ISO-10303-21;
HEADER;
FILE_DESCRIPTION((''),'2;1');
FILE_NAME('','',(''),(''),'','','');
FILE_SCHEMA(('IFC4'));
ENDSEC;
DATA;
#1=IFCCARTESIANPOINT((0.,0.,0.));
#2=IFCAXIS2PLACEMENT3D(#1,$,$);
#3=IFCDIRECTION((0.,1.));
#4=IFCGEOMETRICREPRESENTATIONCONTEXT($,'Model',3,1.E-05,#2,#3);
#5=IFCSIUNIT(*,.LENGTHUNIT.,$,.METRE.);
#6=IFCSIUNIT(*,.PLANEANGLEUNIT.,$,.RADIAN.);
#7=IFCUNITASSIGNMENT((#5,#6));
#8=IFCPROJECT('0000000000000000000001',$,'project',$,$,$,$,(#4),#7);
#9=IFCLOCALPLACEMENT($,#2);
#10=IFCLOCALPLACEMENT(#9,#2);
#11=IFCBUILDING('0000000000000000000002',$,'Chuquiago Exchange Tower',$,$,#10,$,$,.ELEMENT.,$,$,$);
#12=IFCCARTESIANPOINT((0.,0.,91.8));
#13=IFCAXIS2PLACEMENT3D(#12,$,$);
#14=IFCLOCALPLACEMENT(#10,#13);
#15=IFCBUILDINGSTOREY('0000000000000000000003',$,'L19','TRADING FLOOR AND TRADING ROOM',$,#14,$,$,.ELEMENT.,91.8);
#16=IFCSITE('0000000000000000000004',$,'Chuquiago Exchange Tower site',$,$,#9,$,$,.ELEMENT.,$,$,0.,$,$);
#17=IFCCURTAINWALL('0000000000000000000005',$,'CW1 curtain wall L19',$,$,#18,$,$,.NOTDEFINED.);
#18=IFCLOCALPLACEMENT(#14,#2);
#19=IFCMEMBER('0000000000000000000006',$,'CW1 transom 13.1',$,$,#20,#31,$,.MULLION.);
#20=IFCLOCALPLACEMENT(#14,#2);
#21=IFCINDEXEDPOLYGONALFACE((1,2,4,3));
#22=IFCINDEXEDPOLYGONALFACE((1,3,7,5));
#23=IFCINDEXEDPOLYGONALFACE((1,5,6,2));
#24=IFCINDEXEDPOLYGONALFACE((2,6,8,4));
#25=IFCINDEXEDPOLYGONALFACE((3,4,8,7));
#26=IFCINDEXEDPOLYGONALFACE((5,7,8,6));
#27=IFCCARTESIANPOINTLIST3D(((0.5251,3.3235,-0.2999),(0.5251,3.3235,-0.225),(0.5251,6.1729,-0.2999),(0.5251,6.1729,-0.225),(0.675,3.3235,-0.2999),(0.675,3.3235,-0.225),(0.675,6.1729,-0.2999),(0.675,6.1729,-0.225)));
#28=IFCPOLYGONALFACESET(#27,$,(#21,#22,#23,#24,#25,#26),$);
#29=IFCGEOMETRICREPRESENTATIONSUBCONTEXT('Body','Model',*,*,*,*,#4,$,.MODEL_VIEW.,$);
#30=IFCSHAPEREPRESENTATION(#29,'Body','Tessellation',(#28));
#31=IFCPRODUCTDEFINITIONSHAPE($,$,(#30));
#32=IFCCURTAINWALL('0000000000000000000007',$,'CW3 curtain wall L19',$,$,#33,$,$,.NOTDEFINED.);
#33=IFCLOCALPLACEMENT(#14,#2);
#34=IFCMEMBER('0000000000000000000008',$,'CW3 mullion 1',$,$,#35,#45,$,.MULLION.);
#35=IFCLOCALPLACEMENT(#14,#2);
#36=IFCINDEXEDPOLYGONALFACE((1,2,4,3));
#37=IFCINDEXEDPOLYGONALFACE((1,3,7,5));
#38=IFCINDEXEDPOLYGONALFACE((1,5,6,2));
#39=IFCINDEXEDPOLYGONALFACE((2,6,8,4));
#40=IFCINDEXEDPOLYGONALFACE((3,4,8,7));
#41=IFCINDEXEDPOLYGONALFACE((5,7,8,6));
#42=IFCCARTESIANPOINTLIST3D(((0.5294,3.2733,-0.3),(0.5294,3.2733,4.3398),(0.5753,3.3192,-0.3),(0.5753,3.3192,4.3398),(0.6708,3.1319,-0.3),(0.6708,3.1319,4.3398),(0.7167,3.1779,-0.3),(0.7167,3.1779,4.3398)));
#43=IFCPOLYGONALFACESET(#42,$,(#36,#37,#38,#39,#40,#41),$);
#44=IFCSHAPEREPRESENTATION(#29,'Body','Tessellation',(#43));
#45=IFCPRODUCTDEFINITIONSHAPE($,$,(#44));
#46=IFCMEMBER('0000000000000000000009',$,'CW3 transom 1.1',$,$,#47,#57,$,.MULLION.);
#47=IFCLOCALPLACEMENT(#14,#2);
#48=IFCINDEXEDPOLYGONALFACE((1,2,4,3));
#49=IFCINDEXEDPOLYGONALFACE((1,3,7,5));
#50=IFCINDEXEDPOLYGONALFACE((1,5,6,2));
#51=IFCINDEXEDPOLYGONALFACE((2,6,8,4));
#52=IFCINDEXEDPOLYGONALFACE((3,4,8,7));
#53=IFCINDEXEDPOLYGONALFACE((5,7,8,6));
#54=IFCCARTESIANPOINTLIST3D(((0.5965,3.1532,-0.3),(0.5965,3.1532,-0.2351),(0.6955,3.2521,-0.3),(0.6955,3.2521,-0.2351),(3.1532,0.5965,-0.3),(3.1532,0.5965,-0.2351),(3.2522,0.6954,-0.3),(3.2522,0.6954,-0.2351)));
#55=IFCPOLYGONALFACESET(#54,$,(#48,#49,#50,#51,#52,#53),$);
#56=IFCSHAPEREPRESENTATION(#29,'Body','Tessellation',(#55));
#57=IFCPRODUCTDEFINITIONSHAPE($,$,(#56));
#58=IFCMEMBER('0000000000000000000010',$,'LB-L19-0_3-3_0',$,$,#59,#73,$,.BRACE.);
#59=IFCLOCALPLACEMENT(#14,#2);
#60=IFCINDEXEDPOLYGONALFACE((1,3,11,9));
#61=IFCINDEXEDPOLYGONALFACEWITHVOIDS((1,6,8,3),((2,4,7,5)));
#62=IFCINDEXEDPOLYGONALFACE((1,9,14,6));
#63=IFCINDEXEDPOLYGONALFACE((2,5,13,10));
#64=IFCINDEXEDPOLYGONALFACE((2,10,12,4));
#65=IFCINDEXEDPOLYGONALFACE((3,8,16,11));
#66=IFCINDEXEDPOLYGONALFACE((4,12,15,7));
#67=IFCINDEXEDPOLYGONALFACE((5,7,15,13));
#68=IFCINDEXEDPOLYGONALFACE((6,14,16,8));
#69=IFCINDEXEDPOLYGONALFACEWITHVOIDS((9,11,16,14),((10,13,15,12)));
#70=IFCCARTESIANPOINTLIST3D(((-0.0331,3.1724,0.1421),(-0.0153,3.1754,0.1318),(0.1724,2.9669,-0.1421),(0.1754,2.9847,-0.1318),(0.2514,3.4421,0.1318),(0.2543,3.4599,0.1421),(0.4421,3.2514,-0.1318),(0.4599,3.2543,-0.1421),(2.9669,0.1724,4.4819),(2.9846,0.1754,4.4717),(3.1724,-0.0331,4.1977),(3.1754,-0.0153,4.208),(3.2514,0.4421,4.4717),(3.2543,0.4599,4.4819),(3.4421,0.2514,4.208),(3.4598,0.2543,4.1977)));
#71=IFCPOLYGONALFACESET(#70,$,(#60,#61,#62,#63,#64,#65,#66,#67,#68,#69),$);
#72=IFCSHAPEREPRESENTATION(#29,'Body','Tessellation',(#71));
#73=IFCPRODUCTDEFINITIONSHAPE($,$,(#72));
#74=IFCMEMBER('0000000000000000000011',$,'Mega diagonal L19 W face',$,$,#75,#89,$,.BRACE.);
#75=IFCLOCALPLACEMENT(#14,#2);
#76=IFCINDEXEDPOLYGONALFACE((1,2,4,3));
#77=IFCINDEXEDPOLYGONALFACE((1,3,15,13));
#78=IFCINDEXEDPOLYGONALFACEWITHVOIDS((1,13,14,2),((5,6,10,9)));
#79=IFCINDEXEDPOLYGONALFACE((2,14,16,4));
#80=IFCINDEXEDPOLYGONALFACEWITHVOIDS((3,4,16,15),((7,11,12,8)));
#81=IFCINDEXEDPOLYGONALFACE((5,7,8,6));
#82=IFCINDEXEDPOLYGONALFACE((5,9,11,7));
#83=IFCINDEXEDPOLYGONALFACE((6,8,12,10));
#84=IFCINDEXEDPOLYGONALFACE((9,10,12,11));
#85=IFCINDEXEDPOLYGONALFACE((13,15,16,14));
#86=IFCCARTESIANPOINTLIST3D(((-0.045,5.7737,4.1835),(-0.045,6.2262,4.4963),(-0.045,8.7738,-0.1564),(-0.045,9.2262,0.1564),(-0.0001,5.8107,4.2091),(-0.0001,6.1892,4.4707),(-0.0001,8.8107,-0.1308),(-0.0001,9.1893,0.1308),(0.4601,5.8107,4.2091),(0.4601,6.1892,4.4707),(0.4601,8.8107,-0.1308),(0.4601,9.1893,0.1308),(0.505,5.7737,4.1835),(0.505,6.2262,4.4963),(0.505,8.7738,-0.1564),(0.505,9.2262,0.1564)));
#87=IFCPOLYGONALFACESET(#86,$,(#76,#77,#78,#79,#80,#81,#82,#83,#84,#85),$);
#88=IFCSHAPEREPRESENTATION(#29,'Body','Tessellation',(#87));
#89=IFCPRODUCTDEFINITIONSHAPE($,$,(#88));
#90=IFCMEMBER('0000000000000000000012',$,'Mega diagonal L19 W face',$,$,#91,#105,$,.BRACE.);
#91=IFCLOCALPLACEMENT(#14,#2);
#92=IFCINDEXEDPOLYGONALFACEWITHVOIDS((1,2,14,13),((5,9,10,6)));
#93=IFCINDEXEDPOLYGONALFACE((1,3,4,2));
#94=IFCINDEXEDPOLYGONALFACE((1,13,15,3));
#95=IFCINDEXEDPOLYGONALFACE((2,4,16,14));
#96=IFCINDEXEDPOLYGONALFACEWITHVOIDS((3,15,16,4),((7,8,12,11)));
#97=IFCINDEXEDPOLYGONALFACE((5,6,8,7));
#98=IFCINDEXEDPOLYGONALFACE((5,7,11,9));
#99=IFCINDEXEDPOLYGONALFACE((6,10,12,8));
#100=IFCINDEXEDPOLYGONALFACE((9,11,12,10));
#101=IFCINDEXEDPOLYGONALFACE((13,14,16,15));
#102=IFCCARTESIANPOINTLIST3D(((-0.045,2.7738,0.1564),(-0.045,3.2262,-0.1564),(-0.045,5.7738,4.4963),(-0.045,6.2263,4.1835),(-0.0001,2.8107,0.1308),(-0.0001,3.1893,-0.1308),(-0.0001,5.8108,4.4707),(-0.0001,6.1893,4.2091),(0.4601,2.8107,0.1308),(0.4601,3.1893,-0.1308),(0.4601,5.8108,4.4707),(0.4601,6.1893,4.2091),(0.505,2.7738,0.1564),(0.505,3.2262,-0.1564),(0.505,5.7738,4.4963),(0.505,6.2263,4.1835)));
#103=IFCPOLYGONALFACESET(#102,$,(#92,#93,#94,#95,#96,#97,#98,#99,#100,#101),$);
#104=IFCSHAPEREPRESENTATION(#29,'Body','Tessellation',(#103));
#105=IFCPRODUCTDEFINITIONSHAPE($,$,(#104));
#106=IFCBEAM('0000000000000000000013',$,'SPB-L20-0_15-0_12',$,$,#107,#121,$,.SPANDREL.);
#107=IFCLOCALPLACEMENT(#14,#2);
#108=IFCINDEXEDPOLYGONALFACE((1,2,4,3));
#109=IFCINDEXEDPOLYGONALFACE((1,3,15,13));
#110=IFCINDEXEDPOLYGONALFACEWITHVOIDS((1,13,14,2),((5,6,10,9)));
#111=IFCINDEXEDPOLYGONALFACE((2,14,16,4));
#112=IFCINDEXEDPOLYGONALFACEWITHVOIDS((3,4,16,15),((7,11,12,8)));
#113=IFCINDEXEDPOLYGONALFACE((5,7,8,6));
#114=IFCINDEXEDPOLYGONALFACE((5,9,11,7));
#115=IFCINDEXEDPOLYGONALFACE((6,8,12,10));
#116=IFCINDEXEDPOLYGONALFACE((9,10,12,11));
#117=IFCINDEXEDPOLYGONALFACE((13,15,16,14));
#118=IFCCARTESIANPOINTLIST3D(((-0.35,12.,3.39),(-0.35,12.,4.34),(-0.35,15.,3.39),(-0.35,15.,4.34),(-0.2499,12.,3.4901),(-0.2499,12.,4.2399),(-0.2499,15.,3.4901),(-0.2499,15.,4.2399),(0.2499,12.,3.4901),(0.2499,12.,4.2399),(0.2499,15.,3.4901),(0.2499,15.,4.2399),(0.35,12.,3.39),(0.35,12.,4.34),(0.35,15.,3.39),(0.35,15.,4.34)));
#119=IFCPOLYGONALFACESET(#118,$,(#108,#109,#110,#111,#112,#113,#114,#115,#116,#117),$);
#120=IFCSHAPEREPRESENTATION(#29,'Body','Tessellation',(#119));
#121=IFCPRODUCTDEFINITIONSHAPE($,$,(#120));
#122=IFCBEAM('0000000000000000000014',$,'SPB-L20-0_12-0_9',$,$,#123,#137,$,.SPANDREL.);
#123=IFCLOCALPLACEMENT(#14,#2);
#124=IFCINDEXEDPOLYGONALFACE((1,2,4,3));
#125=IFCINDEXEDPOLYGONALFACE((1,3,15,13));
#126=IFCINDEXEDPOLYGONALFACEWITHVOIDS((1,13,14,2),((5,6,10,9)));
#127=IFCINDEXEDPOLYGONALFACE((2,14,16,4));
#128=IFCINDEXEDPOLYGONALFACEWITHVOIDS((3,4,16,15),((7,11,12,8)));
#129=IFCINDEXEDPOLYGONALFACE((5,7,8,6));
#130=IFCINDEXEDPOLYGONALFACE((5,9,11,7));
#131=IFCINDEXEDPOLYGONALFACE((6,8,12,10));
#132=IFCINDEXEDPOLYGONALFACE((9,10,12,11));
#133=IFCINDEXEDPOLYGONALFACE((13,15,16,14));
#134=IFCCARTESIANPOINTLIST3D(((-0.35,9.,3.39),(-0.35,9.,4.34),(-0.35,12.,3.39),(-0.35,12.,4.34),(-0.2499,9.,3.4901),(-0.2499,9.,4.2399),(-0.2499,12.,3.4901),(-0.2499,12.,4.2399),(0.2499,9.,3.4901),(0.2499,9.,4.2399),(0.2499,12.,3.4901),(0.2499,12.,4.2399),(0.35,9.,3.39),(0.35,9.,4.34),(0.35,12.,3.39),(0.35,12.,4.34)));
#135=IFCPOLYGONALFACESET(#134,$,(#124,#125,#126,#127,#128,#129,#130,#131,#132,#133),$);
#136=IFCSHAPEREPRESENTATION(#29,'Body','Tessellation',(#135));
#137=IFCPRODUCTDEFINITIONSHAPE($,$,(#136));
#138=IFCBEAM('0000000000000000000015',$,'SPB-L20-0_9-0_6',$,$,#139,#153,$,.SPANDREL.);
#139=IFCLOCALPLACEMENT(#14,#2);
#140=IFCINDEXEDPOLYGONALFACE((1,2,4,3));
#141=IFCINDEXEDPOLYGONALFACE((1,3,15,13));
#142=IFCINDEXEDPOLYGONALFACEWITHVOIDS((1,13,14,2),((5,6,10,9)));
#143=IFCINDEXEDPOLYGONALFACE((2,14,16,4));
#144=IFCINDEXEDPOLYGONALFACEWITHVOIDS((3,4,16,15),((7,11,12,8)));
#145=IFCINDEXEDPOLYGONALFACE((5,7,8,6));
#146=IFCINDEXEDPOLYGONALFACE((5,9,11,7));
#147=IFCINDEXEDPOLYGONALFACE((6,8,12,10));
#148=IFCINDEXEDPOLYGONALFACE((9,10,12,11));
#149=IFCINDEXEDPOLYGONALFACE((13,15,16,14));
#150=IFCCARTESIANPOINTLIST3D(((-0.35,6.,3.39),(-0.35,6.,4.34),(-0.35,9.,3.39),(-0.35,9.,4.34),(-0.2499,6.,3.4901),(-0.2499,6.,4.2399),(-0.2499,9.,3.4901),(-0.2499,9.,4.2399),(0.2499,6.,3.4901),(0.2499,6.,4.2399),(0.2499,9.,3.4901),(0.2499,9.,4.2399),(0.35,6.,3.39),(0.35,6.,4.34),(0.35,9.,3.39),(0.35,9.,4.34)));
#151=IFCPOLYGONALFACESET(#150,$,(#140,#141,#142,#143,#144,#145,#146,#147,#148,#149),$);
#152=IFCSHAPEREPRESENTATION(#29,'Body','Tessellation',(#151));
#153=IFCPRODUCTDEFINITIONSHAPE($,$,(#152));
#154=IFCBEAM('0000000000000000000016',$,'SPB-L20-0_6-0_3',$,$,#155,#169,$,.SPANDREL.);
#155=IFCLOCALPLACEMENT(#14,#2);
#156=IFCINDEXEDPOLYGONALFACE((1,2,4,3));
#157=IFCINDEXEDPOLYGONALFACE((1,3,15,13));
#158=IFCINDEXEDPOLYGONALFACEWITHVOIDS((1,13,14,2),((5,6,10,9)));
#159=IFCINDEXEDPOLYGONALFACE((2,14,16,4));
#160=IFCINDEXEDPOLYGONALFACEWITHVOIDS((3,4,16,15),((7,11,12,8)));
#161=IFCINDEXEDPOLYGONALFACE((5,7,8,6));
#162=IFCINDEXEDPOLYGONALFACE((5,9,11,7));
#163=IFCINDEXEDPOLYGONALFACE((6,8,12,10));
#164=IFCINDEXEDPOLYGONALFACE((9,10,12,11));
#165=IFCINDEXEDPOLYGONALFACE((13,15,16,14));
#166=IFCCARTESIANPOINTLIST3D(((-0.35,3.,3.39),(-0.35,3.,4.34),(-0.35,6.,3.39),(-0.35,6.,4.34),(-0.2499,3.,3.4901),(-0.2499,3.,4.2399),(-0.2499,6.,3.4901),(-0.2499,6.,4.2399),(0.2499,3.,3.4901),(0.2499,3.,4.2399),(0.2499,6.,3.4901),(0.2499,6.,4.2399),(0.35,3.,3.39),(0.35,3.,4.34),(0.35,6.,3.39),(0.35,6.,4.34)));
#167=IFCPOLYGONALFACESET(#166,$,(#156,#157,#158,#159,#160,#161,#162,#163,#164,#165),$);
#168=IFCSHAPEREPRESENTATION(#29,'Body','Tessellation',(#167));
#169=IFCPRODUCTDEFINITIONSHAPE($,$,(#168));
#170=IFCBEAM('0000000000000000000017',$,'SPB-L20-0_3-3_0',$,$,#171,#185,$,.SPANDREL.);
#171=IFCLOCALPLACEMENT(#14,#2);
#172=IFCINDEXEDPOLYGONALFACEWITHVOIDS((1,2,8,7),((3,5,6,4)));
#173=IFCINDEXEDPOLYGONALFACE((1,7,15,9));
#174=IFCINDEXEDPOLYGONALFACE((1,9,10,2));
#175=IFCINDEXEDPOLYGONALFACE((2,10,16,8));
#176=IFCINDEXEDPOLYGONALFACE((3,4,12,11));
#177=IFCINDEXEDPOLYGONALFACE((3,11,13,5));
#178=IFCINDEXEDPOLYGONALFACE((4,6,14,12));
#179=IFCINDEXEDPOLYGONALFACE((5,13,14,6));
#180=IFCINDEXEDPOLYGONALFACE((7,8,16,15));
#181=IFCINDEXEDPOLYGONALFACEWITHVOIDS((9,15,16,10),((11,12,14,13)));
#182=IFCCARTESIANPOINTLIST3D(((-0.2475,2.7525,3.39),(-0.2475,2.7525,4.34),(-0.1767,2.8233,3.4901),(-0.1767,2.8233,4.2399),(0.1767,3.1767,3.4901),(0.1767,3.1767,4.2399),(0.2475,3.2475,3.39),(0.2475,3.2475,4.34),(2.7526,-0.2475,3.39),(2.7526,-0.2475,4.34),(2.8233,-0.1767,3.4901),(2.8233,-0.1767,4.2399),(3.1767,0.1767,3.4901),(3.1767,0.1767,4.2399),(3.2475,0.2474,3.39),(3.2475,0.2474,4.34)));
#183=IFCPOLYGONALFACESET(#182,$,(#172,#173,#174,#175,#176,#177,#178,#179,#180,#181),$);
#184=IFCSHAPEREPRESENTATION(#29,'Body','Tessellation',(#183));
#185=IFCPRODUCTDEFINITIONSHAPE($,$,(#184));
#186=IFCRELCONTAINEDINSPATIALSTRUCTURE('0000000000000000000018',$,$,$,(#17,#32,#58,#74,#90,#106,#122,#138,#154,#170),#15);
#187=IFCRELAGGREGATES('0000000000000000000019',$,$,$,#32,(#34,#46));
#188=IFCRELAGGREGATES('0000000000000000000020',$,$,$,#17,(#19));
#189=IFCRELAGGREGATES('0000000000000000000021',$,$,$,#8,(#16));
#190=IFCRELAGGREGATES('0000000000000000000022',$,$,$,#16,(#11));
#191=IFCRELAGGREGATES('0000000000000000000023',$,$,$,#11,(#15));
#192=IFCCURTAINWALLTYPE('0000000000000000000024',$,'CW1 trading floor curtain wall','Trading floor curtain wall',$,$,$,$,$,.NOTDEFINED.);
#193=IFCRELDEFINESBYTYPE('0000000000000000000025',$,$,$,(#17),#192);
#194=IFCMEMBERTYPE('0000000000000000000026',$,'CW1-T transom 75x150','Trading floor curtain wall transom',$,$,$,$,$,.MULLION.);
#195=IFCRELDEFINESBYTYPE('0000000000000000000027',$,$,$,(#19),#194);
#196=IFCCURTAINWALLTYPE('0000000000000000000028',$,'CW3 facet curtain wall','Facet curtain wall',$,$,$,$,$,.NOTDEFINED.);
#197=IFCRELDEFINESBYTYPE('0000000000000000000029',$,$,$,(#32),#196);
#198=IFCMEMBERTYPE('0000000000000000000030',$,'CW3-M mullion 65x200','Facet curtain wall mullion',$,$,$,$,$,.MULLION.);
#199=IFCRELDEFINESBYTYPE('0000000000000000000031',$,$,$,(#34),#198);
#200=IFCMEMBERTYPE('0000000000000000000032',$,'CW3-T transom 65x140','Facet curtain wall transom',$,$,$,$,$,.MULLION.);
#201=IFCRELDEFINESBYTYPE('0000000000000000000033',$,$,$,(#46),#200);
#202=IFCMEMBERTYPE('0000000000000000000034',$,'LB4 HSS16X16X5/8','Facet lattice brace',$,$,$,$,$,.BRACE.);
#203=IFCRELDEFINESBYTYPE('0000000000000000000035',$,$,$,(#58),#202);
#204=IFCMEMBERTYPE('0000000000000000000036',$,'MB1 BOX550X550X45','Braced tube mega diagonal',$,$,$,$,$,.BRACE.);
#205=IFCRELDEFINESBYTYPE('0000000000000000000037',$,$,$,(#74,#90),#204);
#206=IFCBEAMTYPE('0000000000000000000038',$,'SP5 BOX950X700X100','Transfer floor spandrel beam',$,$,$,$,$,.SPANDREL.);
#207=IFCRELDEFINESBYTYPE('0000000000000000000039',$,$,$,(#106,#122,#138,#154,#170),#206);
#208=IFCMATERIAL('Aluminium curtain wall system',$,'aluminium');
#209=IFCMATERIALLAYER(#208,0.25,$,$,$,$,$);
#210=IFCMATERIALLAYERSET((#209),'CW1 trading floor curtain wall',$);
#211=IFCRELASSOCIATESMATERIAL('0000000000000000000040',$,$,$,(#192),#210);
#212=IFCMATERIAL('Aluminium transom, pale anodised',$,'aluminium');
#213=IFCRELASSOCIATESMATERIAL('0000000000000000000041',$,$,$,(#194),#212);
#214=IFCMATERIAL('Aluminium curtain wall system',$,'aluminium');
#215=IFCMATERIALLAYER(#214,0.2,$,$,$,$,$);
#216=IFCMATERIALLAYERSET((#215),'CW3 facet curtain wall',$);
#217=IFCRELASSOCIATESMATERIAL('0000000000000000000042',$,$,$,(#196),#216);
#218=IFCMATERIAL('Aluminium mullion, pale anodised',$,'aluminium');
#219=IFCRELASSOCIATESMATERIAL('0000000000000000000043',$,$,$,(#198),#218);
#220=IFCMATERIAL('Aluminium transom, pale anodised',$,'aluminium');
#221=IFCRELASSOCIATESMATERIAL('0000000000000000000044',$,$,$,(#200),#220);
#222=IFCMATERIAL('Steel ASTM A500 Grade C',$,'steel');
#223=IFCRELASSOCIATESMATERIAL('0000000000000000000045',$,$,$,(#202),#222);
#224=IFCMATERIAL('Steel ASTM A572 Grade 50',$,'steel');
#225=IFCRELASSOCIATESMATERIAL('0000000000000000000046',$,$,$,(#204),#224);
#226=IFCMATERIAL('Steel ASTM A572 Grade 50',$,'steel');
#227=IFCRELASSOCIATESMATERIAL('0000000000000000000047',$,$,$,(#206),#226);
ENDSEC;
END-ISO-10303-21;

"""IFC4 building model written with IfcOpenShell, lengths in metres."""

from ifc_helpers import new_model, si_unit, direction, frame, origin, origin_2d, place, context, subcontext, project, spatial, rectangle, hollow_rectangle, extrude, material, layer, layer_set, material_profile, profile_set, type_object, element, aggregate, save


model = new_model("IFC4")

# Units and contexts
model_context = context("Model", 3, precision=1e-05, world=origin(), true_north=direction((0.0, 1.0)))
body_context = subcontext(model_context, "Body", "Model", "MODEL_VIEW")
ifc_project = project(units=[si_unit("LENGTHUNIT", "METRE"), si_unit("PLANEANGLEUNIT", "RADIAN")], contexts=[model_context])

# Site, building, storey
site_placement = place(None, origin())
site = spatial("IfcSite", under=ifc_project, at=site_placement, Name="Chuquiago Exchange Tower site", CompositionType="ELEMENT", RefElevation=0.0)
building_placement = place(site_placement, origin())
building = spatial("IfcBuilding", under=site, at=building_placement, Name="Chuquiago Exchange Tower", CompositionType="ELEMENT")
storey_placement = place(building_placement, frame((0.0, 0.0, 91.8)))
storey = spatial("IfcBuildingStorey", under=building, at=storey_placement, Name="L19", Description="TRADING FLOOR AND TRADING ROOM", CompositionType="ELEMENT", Elevation=91.8)

# Curtain walls, members
ifc_material_1 = material(Name="Aluminium curtain wall system", Category="aluminium")
ifc_layer_1 = layer(ifc_material_1, 0.25)
ifc_layer_set_1 = layer_set([ifc_layer_1], Name="CW1 trading floor curtain wall")
curtain_wall_type_1 = type_object("IfcCurtainWallType", Name="CW1 trading floor curtain wall", Description="Trading floor curtain wall", PredefinedType="NOTDEFINED", material=ifc_layer_set_1)
curtain_wall_1_placement = place(storey_placement, origin())
curtain_wall_1 = element("IfcCurtainWall", 1, at=curtain_wall_1_placement, inside=storey, type_object=curtain_wall_type_1, Name="CW1 curtain wall L19", PredefinedType="NOTDEFINED")
ifc_material_2 = material(Name="Aluminium transom, pale anodised", Category="aluminium")
ifc_material_profile_1 = material_profile(ifc_material_2, rectangle(XDim=0.1499, YDim=0.075, at=origin_2d()), Name="AL 150x75")
ifc_profile_set_1 = profile_set([ifc_material_profile_1], Name="Aluminium transom, pale anodised")
member_type_1 = type_object("IfcMemberType", Name="CW1-T transom 75x150", Description="Trading floor curtain wall transom", PredefinedType="MULLION", material=ifc_profile_set_1)
member_1_placement = place(storey_placement, frame((0.6001, 6.1729, -0.2625), z_axis=(0.0, -1.0, 0.0), x_axis=(1.0, 0.0, 0.0)))
member_1 = element("IfcMember", 2, at=member_1_placement, type_object=member_type_1, Name="CW1 transom 13.1", PredefinedType="MULLION", context=body_context, shape_type="SweptSolid", body=[
    extrude(rectangle(XDim=0.1499, YDim=0.075, at=origin_2d()), origin(), (0.0, 0.0, 1.0), 2.8494),
])
ifc_material_3 = material(Name="Aluminium curtain wall system", Category="aluminium")
ifc_layer_2 = layer(ifc_material_3, 0.2)
ifc_layer_set_2 = layer_set([ifc_layer_2], Name="CW3 facet curtain wall")
curtain_wall_type_2 = type_object("IfcCurtainWallType", Name="CW3 facet curtain wall", Description="Facet curtain wall", PredefinedType="NOTDEFINED", material=ifc_layer_set_2)
curtain_wall_2_placement = place(storey_placement, origin())
curtain_wall_2 = element("IfcCurtainWall", 3, at=curtain_wall_2_placement, inside=storey, type_object=curtain_wall_type_2, Name="CW3 curtain wall L19", PredefinedType="NOTDEFINED")
ifc_material_4 = material(Name="Aluminium mullion, pale anodised", Category="aluminium")
ifc_material_profile_2 = material_profile(ifc_material_4, rectangle(XDim=0.0649, YDim=0.2, at=origin_2d()), Name="AL 65x200")
ifc_profile_set_2 = profile_set([ifc_material_profile_2], Name="Aluminium mullion, pale anodised")
member_type_2 = type_object("IfcMemberType", Name="CW3-M mullion 65x200", Description="Facet curtain wall mullion", PredefinedType="MULLION", material=ifc_profile_set_2)
member_2_placement = place(storey_placement, frame((0.623, 3.2256, -0.3), z_axis=(0.0, 0.0, 1.0), x_axis=(0.707107, 0.707107, 0.0)))
member_2 = element("IfcMember", 4, at=member_2_placement, type_object=member_type_2, Name="CW3 mullion 1", PredefinedType="MULLION", context=body_context, shape_type="SweptSolid", body=[
    extrude(rectangle(XDim=0.0649, YDim=0.2, at=origin_2d()), origin(), (0.0, 0.0, 1.0), 4.6399),
])
ifc_material_5 = material(Name="Aluminium transom, pale anodised", Category="aluminium")
ifc_material_profile_3 = material_profile(ifc_material_5, rectangle(XDim=0.1399, YDim=0.0649, at=origin_2d()), Name="AL 140x65")
ifc_profile_set_3 = profile_set([ifc_material_profile_3], Name="Aluminium transom, pale anodised")
member_type_3 = type_object("IfcMemberType", Name="CW3-T transom 65x140", Description="Facet curtain wall transom", PredefinedType="MULLION", material=ifc_profile_set_3)
member_3_placement = place(storey_placement, frame((0.646, 3.2026, -0.2676), z_axis=(0.707107, -0.707107, 0.0), x_axis=(0.707107, 0.707107, 0.0)))
member_3 = element("IfcMember", 5, at=member_3_placement, type_object=member_type_3, Name="CW3 transom 1.1", PredefinedType="MULLION", context=body_context, shape_type="SweptSolid", body=[
    extrude(rectangle(XDim=0.1399, YDim=0.0649, at=origin_2d()), origin(), (0.0, 0.0, 1.0), 3.6157),
])
aggregate(curtain_wall_2, [member_2, member_3])

# Members
ifc_material_6 = material(Name="Steel ASTM A500 Grade C", Category="steel")
ifc_material_profile_4 = material_profile(ifc_material_6, hollow_rectangle(XDim=0.4065, YDim=0.4065, WallThickness=0.0146, at=origin_2d()), Name="HSS16X16X5/8")
ifc_profile_set_4 = profile_set([ifc_material_profile_4], Name="Steel ASTM A500 Grade C")
member_type_4 = type_object("IfcMemberType", Name="LB4 HSS16X16X5/8", Description="Facet lattice brace", PredefinedType="BRACE", material=ifc_profile_set_4)
member_4_placement = place(storey_placement, frame((0.2134, 3.2134, 0.0), z_axis=(0.494305, -0.494305, 0.715069), x_axis=(0.707107, 0.707107, 0.0)))
element("IfcMember", 6, at=member_4_placement, inside=storey, type_object=member_type_4, Name="LB-L19-0_3-3_0", PredefinedType="BRACE", context=body_context, shape_type="SweptSolid", body=[
    extrude(hollow_rectangle(XDim=0.4065, YDim=0.4065, WallThickness=0.0146, at=origin_2d()), origin(), (0.0, 0.0, 1.0), 6.0691),
])
ifc_material_7 = material(Name="Steel ASTM A572 Grade 50", Category="steel")
ifc_material_profile_5 = material_profile(ifc_material_7, hollow_rectangle(XDim=0.55, YDim=0.55, WallThickness=0.0449, at=origin_2d()), Name="BOX550X550X45")
ifc_profile_set_5 = profile_set([ifc_material_profile_5], Name="Steel ASTM A572 Grade 50")
member_type_5 = type_object("IfcMemberType", Name="MB1 BOX550X550X45", Description="Braced tube mega diagonal", PredefinedType="BRACE", material=ifc_profile_set_5)
for number, where, z_axis, x_axis, name in (
    (7, (0.23, 9.0, 0.0), (0.0, -0.568632, 0.822592), (1.0, 0.0, 0.0), "Mega diagonal L19 W face"),
    (8, (0.23, 3.0, 0.0), (0.0, 0.568632, 0.822592), (-1.0, 0.0, 0.0), "Mega diagonal L19 W face"),
):
    element("IfcMember", number, at=place(storey_placement, frame(where, z_axis=z_axis, x_axis=x_axis)), inside=storey, type_object=member_type_5, Name=name, PredefinedType="BRACE", context=body_context, shape_type="SweptSolid", body=[
        extrude(hollow_rectangle(XDim=0.55, YDim=0.55, WallThickness=0.0449, at=origin_2d()), origin(), (0.0, 0.0, 1.0), 5.2759),
    ])

# Beams
ifc_material_8 = material(Name="Steel ASTM A572 Grade 50", Category="steel")
ifc_material_profile_6 = material_profile(ifc_material_8, hollow_rectangle(XDim=0.7, YDim=0.95, WallThickness=0.1001, at=origin_2d()), Name="BOX950X700X100")
ifc_profile_set_6 = profile_set([ifc_material_profile_6], Name="Steel ASTM A572 Grade 50")
beam_type = type_object("IfcBeamType", Name="SP5 BOX950X700X100", Description="Transfer floor spandrel beam", PredefinedType="SPANDREL", material=ifc_profile_set_6)
for number, where, z_axis, x_axis, name in (
    (9, (0.0, 15.0, 3.865), (0.0, -1.0, 0.0), (1.0, 0.0, 0.0), "SPB-L20-0_15-0_12"),
    (10, (0.0, 12.0, 3.865), (0.0, -1.0, 0.0), (1.0, 0.0, 0.0), "SPB-L20-0_12-0_9"),
    (11, (0.0, 9.0, 3.865), (0.0, -1.0, 0.0), (1.0, 0.0, 0.0), "SPB-L20-0_9-0_6"),
    (12, (0.0, 6.0, 3.865), (0.0, -1.0, 0.0), (1.0, 0.0, 0.0), "SPB-L20-0_6-0_3"),
):
    element("IfcBeam", number, at=place(storey_placement, frame(where, z_axis=z_axis, x_axis=x_axis)), inside=storey, type_object=beam_type, Name=name, PredefinedType="SPANDREL", context=body_context, shape_type="SweptSolid", body=[
        extrude(hollow_rectangle(XDim=0.7, YDim=0.95, WallThickness=0.1001, at=origin_2d()), origin(), (0.0, 0.0, 1.0), 3.0),
    ])
beam_placement = place(storey_placement, frame((0.0, 3.0, 3.865), z_axis=(0.707107, -0.707107, 0.0), x_axis=(0.707107, 0.707107, 0.0)))
element("IfcBeam", 13, at=beam_placement, inside=storey, type_object=beam_type, Name="SPB-L20-0_3-3_0", PredefinedType="SPANDREL", context=body_context, shape_type="SweptSolid", body=[
    extrude(hollow_rectangle(XDim=0.7, YDim=0.95, WallThickness=0.1001, at=origin_2d()), origin(), (0.0, 0.0, 1.0), 4.2427),
])

aggregate(curtain_wall_1, [member_1])

save(model, "model.ifc")
